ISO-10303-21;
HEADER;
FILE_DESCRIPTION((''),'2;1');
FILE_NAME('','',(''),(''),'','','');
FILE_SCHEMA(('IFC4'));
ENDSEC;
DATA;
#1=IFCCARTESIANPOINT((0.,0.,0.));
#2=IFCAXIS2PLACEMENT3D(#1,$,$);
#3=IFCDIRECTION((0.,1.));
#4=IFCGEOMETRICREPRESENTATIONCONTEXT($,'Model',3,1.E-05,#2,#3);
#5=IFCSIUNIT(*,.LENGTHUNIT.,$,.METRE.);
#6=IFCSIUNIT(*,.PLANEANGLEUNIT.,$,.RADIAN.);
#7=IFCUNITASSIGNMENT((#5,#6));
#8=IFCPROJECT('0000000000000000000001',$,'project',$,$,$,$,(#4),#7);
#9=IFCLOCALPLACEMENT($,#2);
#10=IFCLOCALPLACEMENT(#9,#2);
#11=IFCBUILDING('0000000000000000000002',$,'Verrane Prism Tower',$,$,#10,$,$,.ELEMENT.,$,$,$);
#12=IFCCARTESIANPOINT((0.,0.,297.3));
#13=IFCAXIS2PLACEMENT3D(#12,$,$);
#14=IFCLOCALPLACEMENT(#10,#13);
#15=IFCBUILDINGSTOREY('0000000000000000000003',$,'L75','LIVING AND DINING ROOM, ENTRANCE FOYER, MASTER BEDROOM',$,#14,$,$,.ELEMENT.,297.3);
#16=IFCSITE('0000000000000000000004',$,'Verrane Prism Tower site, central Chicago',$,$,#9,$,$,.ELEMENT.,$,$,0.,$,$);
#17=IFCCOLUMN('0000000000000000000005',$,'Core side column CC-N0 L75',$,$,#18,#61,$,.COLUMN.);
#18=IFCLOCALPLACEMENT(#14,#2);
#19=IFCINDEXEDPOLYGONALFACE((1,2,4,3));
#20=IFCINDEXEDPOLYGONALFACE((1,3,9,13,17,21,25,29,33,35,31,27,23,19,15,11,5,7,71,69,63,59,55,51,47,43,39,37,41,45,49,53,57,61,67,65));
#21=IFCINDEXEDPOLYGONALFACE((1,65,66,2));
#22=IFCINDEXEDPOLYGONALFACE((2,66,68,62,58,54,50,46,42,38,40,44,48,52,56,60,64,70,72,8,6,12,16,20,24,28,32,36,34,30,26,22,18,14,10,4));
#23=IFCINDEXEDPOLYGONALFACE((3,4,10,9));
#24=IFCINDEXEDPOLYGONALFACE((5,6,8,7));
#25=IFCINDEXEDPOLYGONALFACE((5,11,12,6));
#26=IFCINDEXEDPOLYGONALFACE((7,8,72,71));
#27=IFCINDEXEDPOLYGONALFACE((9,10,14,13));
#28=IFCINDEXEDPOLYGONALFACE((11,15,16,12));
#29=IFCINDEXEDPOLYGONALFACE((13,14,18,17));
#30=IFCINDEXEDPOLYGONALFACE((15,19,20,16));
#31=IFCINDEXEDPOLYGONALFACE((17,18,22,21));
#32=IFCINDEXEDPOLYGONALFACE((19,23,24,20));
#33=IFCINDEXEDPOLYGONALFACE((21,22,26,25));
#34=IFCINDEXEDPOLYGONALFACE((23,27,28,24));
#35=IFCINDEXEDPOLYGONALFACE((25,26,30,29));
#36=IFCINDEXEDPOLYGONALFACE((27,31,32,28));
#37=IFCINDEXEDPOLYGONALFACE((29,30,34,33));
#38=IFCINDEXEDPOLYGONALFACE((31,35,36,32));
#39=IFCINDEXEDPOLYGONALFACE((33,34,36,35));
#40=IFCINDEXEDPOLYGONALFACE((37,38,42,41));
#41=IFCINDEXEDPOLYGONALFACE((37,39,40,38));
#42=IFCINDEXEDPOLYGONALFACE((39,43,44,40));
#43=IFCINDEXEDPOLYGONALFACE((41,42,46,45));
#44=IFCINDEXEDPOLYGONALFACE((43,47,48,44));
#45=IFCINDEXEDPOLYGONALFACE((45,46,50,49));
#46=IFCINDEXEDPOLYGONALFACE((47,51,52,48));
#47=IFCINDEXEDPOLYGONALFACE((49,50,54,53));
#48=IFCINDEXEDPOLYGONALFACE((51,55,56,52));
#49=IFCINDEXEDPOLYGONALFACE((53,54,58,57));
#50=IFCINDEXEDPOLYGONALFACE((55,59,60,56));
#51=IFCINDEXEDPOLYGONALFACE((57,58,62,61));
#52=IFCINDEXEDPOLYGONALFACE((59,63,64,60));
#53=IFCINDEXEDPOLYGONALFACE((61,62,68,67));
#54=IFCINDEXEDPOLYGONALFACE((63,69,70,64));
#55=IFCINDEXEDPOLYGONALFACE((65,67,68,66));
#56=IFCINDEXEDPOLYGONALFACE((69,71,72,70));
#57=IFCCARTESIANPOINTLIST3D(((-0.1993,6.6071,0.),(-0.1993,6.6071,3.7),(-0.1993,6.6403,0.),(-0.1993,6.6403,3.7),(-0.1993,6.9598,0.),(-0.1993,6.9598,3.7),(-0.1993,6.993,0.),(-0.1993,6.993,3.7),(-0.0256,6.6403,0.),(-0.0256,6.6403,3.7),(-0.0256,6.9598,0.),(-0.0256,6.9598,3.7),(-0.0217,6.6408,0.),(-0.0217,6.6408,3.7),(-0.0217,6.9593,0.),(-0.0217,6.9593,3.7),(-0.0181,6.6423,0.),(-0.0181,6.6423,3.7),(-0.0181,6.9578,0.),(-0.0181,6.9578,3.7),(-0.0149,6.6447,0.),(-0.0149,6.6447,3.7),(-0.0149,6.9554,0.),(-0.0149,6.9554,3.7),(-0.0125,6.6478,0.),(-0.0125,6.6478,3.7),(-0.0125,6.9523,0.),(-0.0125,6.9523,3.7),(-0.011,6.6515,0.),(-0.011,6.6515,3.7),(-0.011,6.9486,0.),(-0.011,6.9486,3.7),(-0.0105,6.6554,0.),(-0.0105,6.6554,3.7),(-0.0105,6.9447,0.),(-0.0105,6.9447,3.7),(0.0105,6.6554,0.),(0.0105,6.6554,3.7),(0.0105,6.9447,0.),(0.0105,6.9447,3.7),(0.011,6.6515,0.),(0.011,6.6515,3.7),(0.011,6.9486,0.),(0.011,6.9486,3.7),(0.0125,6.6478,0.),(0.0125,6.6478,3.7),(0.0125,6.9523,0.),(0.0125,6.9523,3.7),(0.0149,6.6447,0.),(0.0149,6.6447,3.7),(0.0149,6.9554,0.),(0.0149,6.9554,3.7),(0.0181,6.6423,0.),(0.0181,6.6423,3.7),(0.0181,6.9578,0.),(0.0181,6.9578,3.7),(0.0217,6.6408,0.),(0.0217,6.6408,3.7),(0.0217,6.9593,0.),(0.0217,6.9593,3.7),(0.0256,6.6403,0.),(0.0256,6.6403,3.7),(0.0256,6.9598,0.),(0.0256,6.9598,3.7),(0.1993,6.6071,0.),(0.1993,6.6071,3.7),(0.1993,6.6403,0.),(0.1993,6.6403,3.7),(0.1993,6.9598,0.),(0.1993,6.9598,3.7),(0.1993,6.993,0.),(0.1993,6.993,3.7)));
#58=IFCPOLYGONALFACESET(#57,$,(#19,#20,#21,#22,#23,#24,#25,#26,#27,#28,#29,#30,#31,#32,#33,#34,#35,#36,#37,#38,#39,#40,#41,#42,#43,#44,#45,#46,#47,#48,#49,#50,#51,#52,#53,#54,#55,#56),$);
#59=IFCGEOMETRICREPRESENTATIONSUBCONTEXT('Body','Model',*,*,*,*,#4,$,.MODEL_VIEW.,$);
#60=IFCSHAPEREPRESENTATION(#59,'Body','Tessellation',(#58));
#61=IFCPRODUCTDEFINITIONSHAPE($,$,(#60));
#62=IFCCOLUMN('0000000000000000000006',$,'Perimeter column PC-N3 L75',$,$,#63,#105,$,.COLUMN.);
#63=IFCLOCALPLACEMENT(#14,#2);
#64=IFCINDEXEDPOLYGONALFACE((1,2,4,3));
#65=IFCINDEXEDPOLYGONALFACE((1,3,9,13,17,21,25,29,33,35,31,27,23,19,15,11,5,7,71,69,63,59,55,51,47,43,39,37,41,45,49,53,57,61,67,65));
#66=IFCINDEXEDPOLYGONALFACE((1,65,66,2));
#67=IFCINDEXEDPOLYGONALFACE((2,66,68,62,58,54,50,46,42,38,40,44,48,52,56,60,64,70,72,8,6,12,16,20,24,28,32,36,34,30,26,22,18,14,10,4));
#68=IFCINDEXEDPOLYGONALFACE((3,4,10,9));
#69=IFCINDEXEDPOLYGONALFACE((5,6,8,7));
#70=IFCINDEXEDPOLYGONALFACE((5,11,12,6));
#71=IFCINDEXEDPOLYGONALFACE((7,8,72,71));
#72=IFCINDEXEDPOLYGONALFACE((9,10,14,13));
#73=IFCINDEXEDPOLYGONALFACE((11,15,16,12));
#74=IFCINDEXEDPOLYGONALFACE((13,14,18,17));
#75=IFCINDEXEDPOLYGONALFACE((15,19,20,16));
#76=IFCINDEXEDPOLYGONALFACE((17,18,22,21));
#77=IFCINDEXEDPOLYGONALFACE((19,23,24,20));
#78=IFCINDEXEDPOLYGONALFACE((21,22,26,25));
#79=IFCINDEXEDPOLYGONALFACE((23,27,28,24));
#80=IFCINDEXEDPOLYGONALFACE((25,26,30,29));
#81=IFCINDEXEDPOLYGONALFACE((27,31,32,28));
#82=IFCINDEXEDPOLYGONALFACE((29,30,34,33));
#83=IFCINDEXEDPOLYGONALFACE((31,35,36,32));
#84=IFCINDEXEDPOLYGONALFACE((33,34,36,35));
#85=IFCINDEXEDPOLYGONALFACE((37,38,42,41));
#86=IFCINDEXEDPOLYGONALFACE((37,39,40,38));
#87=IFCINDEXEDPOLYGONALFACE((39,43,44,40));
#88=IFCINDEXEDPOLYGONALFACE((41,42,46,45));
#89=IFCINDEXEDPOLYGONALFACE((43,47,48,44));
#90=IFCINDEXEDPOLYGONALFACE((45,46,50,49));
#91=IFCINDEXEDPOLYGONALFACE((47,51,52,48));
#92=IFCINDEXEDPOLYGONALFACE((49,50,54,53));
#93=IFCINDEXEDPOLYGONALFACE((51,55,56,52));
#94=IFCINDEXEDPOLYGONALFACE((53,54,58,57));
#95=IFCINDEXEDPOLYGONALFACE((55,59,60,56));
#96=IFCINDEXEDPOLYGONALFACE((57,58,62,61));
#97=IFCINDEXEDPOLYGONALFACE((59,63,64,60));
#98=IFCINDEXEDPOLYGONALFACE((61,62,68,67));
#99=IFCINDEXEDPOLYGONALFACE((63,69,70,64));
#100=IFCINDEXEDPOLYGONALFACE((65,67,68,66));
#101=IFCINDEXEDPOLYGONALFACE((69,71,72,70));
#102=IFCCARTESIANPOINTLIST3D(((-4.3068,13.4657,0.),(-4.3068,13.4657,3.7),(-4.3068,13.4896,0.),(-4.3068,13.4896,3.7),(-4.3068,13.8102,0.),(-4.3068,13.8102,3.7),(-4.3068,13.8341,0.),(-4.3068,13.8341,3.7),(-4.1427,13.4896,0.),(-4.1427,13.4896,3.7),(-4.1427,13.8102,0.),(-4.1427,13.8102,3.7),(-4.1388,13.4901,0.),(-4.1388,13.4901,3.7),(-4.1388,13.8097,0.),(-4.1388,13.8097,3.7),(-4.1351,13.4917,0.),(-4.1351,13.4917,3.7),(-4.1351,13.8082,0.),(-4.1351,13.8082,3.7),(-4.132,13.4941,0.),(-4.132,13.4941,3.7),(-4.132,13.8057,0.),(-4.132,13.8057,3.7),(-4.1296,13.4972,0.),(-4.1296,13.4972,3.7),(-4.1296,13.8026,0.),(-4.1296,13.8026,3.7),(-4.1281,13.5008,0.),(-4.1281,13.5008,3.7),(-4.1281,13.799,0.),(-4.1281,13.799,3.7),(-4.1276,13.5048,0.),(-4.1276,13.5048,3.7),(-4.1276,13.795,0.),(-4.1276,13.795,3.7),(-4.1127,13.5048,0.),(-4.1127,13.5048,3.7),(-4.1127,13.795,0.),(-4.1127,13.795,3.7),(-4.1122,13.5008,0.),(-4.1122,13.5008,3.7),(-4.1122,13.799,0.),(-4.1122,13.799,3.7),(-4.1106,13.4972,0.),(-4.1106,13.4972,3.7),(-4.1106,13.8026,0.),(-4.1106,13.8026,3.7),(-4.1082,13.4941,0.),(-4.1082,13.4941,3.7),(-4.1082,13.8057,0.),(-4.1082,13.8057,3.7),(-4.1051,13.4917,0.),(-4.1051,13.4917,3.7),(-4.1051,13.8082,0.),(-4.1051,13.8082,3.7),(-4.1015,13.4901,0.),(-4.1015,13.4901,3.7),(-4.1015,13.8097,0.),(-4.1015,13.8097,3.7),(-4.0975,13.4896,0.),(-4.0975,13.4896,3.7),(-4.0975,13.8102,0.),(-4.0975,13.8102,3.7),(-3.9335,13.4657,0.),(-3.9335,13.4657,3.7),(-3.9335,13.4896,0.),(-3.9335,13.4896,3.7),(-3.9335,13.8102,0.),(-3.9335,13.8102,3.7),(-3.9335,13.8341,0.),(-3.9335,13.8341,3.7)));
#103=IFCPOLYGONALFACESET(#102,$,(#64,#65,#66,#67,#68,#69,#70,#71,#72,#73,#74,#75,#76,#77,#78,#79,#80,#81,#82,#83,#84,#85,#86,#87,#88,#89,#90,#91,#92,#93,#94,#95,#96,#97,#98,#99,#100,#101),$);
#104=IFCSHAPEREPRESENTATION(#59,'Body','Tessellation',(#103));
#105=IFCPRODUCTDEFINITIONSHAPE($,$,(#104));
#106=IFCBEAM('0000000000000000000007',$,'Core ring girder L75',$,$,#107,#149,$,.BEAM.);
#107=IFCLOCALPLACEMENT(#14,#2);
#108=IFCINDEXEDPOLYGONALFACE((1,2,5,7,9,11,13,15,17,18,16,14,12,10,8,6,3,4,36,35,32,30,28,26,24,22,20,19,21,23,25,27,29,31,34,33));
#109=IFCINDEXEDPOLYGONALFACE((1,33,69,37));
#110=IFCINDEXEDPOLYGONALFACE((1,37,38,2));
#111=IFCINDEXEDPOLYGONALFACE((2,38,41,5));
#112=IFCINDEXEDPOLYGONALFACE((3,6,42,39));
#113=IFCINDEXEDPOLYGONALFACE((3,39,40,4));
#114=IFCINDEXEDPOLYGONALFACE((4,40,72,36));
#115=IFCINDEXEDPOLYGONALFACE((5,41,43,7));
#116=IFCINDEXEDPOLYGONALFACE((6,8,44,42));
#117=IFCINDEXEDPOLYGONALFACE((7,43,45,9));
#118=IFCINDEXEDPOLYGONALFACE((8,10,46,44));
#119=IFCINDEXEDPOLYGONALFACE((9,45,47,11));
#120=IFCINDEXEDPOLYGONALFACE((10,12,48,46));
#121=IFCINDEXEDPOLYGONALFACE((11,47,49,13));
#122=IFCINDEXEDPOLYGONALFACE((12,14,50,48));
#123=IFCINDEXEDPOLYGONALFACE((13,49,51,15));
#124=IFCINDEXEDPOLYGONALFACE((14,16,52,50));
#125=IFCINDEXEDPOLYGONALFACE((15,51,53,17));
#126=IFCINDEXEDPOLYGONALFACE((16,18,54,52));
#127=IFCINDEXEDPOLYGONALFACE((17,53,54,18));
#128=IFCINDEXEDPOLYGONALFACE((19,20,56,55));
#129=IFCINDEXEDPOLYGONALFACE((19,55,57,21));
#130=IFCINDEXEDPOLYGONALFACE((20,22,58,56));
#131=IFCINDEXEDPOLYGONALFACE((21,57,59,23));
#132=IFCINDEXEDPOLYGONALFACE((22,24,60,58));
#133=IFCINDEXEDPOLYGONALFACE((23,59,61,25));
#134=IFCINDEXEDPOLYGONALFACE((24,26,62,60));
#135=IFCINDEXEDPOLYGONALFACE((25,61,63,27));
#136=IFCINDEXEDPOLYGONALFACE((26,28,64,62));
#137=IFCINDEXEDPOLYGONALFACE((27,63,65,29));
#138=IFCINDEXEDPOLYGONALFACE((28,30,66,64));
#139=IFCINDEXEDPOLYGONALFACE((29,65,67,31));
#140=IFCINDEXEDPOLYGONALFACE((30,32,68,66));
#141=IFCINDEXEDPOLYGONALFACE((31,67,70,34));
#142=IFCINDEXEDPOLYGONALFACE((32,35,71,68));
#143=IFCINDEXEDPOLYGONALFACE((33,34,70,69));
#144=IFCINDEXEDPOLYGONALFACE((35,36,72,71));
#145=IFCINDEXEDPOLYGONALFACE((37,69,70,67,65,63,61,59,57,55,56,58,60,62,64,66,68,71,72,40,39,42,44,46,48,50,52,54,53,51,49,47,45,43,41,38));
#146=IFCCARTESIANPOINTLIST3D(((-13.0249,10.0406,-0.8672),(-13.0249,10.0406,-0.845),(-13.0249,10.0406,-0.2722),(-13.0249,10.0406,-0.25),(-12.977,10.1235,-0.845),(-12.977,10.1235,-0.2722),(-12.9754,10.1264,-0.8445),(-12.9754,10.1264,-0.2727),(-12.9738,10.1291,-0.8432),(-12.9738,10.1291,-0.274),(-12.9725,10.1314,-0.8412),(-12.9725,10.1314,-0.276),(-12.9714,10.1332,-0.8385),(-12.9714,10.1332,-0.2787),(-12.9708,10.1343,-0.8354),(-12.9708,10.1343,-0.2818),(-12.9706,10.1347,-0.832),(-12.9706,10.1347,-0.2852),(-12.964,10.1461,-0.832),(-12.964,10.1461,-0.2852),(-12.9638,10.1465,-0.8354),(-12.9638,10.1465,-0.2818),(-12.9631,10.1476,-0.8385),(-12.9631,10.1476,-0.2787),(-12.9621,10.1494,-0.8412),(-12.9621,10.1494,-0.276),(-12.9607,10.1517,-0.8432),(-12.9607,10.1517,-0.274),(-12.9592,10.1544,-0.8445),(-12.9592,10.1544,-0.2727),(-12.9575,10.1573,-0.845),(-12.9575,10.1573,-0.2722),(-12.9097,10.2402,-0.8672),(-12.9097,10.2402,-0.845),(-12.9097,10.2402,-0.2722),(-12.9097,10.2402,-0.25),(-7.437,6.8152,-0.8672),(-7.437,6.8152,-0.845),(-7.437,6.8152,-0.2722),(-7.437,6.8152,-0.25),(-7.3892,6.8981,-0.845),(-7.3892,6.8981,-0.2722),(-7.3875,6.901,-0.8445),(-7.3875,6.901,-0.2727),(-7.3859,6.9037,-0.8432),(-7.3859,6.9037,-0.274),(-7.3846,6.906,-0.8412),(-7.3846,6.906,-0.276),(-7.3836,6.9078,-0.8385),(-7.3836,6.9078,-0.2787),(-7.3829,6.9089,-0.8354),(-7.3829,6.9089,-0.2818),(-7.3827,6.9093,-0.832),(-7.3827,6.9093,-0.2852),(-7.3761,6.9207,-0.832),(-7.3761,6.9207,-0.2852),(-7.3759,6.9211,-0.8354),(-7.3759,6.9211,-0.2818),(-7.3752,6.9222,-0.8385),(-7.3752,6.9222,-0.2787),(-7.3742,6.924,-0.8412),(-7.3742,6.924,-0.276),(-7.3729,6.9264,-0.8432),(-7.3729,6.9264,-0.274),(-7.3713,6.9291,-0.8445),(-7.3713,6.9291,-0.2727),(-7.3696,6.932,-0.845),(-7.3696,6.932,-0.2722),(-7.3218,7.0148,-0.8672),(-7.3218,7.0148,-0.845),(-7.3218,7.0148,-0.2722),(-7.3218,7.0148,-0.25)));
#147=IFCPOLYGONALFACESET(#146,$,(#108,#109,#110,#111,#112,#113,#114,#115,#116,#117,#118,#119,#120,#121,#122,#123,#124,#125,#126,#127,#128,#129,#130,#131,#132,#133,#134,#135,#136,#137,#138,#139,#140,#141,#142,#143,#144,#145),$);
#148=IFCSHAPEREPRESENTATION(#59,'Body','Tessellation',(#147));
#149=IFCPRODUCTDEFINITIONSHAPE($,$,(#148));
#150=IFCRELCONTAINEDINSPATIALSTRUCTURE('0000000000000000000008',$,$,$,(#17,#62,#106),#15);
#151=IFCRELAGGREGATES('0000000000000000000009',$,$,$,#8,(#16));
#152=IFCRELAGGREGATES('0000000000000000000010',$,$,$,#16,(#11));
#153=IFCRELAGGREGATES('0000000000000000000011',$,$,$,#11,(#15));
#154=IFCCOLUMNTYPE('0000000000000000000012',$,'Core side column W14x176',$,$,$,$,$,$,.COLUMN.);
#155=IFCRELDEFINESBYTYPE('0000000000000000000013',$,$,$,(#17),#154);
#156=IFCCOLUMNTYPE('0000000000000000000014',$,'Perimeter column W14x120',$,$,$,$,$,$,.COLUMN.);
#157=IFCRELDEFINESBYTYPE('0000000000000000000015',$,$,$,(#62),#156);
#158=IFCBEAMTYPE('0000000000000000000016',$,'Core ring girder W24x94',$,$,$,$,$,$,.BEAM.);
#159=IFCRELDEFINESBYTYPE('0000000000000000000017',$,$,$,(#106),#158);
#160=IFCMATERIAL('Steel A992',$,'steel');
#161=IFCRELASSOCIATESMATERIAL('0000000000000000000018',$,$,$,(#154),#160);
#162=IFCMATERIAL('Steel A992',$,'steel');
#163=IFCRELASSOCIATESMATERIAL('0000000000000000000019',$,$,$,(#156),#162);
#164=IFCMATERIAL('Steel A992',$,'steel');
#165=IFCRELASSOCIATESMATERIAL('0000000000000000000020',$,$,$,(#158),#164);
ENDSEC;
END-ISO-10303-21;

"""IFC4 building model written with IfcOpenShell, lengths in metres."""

from ifc_helpers import new_model, si_unit, direction, frame, origin, origin_2d, place, context, subcontext, project, spatial, i_section, extrude, material, material_profile, profile_set, type_object, element, save


model = new_model("IFC4")

# Units and contexts
model_context = context("Model", 3, precision=1e-05, world=origin(), true_north=direction((0.0, 1.0)))
body_context = subcontext(model_context, "Body", "Model", "MODEL_VIEW")
ifc_project = project(units=[si_unit("LENGTHUNIT", "METRE"), si_unit("PLANEANGLEUNIT", "RADIAN")], contexts=[model_context])

# Site, building, storey
site_placement = place(None, origin())
site = spatial("IfcSite", under=ifc_project, at=site_placement, Name="Verrane Prism Tower site, central Chicago", CompositionType="ELEMENT", RefElevation=0.0)
building_placement = place(site_placement, origin())
building = spatial("IfcBuilding", under=site, at=building_placement, Name="Verrane Prism Tower", CompositionType="ELEMENT")
storey_placement = place(building_placement, frame((0.0, 0.0, 297.3)))
storey = spatial("IfcBuildingStorey", under=building, at=storey_placement, Name="L75", Description="LIVING AND DINING ROOM, ENTRANCE FOYER, MASTER BEDROOM", CompositionType="ELEMENT", Elevation=297.3)

# Columns
ifc_material_1 = material(Name="Steel A992", Category="steel")
ifc_material_profile_1 = material_profile(ifc_material_1, i_section(OverallWidth=0.3987, OverallDepth=0.386, WebThickness=0.021, FlangeThickness=0.0332, FilletRadius=0.0151, at=origin_2d()), Name="W14x176")
ifc_profile_set_1 = profile_set([ifc_material_profile_1], Name="Steel A992")
column_type_1 = type_object("IfcColumnType", Name="Core side column W14x176", PredefinedType="COLUMN", material=ifc_profile_set_1)
column_1_placement = place(storey_placement, frame((0.0, 6.8, 0.0), z_axis=(0.0, 0.0, 1.0), x_axis=(1.0, 0.0, 0.0)))
element("IfcColumn", 1, at=column_1_placement, inside=storey, type_object=column_type_1, Name="Core side column CC-N0 L75", PredefinedType="COLUMN", context=body_context, shape_type="SweptSolid", body=[
    extrude(i_section(OverallWidth=0.3987, OverallDepth=0.386, WebThickness=0.021, FlangeThickness=0.0332, FilletRadius=0.0151, at=origin_2d()), origin(), (0.0, 0.0, 1.0), 3.7),
])
ifc_material_2 = material(Name="Steel A992", Category="steel")
ifc_material_profile_2 = material_profile(ifc_material_2, i_section(OverallWidth=0.3733, OverallDepth=0.3684, WebThickness=0.0149, FlangeThickness=0.0239, FilletRadius=0.0151, at=origin_2d()), Name="W14x120")
ifc_profile_set_2 = profile_set([ifc_material_profile_2], Name="Steel A992")
column_type_2 = type_object("IfcColumnType", Name="Perimeter column W14x120", PredefinedType="COLUMN", material=ifc_profile_set_2)
column_2_placement = place(storey_placement, frame((-4.1201, 13.6499, 0.0), z_axis=(0.0, 0.0, 1.0), x_axis=(1.0, 0.0, 0.0)))
element("IfcColumn", 2, at=column_2_placement, inside=storey, type_object=column_type_2, Name="Perimeter column PC-N3 L75", PredefinedType="COLUMN", context=body_context, shape_type="SweptSolid", body=[
    extrude(i_section(OverallWidth=0.3733, OverallDepth=0.3684, WebThickness=0.0149, FlangeThickness=0.0239, FilletRadius=0.0151, at=origin_2d()), origin(), (0.0, 0.0, 1.0), 3.7),
])

# Beam
ifc_material_3 = material(Name="Steel A992", Category="steel")
ifc_material_profile_3 = material_profile(ifc_material_3, i_section(OverallWidth=0.2305, OverallDepth=0.6172, WebThickness=0.0132, FlangeThickness=0.0222, FilletRadius=0.0129, at=origin_2d()), Name="W24x94")
ifc_profile_set_3 = profile_set([ifc_material_profile_3], Name="Steel A992")
beam_type_1 = type_object("IfcBeamType", Name="Core ring girder W24x94", PredefinedType="BEAM", material=ifc_profile_set_3)
beam_1_placement = place(storey_placement, frame((-7.3794, 6.915, -0.5586), z_axis=(-0.866081, 0.499904, 0.0), x_axis=(-0.499904, -0.866081, 0.0)))
element("IfcBeam", 3, at=beam_1_placement, inside=storey, type_object=beam_type_1, Name="Core ring girder L75", PredefinedType="BEAM", context=body_context, shape_type="SweptSolid", body=[
    extrude(i_section(OverallWidth=0.2305, OverallDepth=0.6172, WebThickness=0.0132, FlangeThickness=0.0222, FilletRadius=0.0129, at=origin_2d()), origin(), (0.0, 0.0, 1.0), 6.4519),
])

save(model, "model.ifc")
